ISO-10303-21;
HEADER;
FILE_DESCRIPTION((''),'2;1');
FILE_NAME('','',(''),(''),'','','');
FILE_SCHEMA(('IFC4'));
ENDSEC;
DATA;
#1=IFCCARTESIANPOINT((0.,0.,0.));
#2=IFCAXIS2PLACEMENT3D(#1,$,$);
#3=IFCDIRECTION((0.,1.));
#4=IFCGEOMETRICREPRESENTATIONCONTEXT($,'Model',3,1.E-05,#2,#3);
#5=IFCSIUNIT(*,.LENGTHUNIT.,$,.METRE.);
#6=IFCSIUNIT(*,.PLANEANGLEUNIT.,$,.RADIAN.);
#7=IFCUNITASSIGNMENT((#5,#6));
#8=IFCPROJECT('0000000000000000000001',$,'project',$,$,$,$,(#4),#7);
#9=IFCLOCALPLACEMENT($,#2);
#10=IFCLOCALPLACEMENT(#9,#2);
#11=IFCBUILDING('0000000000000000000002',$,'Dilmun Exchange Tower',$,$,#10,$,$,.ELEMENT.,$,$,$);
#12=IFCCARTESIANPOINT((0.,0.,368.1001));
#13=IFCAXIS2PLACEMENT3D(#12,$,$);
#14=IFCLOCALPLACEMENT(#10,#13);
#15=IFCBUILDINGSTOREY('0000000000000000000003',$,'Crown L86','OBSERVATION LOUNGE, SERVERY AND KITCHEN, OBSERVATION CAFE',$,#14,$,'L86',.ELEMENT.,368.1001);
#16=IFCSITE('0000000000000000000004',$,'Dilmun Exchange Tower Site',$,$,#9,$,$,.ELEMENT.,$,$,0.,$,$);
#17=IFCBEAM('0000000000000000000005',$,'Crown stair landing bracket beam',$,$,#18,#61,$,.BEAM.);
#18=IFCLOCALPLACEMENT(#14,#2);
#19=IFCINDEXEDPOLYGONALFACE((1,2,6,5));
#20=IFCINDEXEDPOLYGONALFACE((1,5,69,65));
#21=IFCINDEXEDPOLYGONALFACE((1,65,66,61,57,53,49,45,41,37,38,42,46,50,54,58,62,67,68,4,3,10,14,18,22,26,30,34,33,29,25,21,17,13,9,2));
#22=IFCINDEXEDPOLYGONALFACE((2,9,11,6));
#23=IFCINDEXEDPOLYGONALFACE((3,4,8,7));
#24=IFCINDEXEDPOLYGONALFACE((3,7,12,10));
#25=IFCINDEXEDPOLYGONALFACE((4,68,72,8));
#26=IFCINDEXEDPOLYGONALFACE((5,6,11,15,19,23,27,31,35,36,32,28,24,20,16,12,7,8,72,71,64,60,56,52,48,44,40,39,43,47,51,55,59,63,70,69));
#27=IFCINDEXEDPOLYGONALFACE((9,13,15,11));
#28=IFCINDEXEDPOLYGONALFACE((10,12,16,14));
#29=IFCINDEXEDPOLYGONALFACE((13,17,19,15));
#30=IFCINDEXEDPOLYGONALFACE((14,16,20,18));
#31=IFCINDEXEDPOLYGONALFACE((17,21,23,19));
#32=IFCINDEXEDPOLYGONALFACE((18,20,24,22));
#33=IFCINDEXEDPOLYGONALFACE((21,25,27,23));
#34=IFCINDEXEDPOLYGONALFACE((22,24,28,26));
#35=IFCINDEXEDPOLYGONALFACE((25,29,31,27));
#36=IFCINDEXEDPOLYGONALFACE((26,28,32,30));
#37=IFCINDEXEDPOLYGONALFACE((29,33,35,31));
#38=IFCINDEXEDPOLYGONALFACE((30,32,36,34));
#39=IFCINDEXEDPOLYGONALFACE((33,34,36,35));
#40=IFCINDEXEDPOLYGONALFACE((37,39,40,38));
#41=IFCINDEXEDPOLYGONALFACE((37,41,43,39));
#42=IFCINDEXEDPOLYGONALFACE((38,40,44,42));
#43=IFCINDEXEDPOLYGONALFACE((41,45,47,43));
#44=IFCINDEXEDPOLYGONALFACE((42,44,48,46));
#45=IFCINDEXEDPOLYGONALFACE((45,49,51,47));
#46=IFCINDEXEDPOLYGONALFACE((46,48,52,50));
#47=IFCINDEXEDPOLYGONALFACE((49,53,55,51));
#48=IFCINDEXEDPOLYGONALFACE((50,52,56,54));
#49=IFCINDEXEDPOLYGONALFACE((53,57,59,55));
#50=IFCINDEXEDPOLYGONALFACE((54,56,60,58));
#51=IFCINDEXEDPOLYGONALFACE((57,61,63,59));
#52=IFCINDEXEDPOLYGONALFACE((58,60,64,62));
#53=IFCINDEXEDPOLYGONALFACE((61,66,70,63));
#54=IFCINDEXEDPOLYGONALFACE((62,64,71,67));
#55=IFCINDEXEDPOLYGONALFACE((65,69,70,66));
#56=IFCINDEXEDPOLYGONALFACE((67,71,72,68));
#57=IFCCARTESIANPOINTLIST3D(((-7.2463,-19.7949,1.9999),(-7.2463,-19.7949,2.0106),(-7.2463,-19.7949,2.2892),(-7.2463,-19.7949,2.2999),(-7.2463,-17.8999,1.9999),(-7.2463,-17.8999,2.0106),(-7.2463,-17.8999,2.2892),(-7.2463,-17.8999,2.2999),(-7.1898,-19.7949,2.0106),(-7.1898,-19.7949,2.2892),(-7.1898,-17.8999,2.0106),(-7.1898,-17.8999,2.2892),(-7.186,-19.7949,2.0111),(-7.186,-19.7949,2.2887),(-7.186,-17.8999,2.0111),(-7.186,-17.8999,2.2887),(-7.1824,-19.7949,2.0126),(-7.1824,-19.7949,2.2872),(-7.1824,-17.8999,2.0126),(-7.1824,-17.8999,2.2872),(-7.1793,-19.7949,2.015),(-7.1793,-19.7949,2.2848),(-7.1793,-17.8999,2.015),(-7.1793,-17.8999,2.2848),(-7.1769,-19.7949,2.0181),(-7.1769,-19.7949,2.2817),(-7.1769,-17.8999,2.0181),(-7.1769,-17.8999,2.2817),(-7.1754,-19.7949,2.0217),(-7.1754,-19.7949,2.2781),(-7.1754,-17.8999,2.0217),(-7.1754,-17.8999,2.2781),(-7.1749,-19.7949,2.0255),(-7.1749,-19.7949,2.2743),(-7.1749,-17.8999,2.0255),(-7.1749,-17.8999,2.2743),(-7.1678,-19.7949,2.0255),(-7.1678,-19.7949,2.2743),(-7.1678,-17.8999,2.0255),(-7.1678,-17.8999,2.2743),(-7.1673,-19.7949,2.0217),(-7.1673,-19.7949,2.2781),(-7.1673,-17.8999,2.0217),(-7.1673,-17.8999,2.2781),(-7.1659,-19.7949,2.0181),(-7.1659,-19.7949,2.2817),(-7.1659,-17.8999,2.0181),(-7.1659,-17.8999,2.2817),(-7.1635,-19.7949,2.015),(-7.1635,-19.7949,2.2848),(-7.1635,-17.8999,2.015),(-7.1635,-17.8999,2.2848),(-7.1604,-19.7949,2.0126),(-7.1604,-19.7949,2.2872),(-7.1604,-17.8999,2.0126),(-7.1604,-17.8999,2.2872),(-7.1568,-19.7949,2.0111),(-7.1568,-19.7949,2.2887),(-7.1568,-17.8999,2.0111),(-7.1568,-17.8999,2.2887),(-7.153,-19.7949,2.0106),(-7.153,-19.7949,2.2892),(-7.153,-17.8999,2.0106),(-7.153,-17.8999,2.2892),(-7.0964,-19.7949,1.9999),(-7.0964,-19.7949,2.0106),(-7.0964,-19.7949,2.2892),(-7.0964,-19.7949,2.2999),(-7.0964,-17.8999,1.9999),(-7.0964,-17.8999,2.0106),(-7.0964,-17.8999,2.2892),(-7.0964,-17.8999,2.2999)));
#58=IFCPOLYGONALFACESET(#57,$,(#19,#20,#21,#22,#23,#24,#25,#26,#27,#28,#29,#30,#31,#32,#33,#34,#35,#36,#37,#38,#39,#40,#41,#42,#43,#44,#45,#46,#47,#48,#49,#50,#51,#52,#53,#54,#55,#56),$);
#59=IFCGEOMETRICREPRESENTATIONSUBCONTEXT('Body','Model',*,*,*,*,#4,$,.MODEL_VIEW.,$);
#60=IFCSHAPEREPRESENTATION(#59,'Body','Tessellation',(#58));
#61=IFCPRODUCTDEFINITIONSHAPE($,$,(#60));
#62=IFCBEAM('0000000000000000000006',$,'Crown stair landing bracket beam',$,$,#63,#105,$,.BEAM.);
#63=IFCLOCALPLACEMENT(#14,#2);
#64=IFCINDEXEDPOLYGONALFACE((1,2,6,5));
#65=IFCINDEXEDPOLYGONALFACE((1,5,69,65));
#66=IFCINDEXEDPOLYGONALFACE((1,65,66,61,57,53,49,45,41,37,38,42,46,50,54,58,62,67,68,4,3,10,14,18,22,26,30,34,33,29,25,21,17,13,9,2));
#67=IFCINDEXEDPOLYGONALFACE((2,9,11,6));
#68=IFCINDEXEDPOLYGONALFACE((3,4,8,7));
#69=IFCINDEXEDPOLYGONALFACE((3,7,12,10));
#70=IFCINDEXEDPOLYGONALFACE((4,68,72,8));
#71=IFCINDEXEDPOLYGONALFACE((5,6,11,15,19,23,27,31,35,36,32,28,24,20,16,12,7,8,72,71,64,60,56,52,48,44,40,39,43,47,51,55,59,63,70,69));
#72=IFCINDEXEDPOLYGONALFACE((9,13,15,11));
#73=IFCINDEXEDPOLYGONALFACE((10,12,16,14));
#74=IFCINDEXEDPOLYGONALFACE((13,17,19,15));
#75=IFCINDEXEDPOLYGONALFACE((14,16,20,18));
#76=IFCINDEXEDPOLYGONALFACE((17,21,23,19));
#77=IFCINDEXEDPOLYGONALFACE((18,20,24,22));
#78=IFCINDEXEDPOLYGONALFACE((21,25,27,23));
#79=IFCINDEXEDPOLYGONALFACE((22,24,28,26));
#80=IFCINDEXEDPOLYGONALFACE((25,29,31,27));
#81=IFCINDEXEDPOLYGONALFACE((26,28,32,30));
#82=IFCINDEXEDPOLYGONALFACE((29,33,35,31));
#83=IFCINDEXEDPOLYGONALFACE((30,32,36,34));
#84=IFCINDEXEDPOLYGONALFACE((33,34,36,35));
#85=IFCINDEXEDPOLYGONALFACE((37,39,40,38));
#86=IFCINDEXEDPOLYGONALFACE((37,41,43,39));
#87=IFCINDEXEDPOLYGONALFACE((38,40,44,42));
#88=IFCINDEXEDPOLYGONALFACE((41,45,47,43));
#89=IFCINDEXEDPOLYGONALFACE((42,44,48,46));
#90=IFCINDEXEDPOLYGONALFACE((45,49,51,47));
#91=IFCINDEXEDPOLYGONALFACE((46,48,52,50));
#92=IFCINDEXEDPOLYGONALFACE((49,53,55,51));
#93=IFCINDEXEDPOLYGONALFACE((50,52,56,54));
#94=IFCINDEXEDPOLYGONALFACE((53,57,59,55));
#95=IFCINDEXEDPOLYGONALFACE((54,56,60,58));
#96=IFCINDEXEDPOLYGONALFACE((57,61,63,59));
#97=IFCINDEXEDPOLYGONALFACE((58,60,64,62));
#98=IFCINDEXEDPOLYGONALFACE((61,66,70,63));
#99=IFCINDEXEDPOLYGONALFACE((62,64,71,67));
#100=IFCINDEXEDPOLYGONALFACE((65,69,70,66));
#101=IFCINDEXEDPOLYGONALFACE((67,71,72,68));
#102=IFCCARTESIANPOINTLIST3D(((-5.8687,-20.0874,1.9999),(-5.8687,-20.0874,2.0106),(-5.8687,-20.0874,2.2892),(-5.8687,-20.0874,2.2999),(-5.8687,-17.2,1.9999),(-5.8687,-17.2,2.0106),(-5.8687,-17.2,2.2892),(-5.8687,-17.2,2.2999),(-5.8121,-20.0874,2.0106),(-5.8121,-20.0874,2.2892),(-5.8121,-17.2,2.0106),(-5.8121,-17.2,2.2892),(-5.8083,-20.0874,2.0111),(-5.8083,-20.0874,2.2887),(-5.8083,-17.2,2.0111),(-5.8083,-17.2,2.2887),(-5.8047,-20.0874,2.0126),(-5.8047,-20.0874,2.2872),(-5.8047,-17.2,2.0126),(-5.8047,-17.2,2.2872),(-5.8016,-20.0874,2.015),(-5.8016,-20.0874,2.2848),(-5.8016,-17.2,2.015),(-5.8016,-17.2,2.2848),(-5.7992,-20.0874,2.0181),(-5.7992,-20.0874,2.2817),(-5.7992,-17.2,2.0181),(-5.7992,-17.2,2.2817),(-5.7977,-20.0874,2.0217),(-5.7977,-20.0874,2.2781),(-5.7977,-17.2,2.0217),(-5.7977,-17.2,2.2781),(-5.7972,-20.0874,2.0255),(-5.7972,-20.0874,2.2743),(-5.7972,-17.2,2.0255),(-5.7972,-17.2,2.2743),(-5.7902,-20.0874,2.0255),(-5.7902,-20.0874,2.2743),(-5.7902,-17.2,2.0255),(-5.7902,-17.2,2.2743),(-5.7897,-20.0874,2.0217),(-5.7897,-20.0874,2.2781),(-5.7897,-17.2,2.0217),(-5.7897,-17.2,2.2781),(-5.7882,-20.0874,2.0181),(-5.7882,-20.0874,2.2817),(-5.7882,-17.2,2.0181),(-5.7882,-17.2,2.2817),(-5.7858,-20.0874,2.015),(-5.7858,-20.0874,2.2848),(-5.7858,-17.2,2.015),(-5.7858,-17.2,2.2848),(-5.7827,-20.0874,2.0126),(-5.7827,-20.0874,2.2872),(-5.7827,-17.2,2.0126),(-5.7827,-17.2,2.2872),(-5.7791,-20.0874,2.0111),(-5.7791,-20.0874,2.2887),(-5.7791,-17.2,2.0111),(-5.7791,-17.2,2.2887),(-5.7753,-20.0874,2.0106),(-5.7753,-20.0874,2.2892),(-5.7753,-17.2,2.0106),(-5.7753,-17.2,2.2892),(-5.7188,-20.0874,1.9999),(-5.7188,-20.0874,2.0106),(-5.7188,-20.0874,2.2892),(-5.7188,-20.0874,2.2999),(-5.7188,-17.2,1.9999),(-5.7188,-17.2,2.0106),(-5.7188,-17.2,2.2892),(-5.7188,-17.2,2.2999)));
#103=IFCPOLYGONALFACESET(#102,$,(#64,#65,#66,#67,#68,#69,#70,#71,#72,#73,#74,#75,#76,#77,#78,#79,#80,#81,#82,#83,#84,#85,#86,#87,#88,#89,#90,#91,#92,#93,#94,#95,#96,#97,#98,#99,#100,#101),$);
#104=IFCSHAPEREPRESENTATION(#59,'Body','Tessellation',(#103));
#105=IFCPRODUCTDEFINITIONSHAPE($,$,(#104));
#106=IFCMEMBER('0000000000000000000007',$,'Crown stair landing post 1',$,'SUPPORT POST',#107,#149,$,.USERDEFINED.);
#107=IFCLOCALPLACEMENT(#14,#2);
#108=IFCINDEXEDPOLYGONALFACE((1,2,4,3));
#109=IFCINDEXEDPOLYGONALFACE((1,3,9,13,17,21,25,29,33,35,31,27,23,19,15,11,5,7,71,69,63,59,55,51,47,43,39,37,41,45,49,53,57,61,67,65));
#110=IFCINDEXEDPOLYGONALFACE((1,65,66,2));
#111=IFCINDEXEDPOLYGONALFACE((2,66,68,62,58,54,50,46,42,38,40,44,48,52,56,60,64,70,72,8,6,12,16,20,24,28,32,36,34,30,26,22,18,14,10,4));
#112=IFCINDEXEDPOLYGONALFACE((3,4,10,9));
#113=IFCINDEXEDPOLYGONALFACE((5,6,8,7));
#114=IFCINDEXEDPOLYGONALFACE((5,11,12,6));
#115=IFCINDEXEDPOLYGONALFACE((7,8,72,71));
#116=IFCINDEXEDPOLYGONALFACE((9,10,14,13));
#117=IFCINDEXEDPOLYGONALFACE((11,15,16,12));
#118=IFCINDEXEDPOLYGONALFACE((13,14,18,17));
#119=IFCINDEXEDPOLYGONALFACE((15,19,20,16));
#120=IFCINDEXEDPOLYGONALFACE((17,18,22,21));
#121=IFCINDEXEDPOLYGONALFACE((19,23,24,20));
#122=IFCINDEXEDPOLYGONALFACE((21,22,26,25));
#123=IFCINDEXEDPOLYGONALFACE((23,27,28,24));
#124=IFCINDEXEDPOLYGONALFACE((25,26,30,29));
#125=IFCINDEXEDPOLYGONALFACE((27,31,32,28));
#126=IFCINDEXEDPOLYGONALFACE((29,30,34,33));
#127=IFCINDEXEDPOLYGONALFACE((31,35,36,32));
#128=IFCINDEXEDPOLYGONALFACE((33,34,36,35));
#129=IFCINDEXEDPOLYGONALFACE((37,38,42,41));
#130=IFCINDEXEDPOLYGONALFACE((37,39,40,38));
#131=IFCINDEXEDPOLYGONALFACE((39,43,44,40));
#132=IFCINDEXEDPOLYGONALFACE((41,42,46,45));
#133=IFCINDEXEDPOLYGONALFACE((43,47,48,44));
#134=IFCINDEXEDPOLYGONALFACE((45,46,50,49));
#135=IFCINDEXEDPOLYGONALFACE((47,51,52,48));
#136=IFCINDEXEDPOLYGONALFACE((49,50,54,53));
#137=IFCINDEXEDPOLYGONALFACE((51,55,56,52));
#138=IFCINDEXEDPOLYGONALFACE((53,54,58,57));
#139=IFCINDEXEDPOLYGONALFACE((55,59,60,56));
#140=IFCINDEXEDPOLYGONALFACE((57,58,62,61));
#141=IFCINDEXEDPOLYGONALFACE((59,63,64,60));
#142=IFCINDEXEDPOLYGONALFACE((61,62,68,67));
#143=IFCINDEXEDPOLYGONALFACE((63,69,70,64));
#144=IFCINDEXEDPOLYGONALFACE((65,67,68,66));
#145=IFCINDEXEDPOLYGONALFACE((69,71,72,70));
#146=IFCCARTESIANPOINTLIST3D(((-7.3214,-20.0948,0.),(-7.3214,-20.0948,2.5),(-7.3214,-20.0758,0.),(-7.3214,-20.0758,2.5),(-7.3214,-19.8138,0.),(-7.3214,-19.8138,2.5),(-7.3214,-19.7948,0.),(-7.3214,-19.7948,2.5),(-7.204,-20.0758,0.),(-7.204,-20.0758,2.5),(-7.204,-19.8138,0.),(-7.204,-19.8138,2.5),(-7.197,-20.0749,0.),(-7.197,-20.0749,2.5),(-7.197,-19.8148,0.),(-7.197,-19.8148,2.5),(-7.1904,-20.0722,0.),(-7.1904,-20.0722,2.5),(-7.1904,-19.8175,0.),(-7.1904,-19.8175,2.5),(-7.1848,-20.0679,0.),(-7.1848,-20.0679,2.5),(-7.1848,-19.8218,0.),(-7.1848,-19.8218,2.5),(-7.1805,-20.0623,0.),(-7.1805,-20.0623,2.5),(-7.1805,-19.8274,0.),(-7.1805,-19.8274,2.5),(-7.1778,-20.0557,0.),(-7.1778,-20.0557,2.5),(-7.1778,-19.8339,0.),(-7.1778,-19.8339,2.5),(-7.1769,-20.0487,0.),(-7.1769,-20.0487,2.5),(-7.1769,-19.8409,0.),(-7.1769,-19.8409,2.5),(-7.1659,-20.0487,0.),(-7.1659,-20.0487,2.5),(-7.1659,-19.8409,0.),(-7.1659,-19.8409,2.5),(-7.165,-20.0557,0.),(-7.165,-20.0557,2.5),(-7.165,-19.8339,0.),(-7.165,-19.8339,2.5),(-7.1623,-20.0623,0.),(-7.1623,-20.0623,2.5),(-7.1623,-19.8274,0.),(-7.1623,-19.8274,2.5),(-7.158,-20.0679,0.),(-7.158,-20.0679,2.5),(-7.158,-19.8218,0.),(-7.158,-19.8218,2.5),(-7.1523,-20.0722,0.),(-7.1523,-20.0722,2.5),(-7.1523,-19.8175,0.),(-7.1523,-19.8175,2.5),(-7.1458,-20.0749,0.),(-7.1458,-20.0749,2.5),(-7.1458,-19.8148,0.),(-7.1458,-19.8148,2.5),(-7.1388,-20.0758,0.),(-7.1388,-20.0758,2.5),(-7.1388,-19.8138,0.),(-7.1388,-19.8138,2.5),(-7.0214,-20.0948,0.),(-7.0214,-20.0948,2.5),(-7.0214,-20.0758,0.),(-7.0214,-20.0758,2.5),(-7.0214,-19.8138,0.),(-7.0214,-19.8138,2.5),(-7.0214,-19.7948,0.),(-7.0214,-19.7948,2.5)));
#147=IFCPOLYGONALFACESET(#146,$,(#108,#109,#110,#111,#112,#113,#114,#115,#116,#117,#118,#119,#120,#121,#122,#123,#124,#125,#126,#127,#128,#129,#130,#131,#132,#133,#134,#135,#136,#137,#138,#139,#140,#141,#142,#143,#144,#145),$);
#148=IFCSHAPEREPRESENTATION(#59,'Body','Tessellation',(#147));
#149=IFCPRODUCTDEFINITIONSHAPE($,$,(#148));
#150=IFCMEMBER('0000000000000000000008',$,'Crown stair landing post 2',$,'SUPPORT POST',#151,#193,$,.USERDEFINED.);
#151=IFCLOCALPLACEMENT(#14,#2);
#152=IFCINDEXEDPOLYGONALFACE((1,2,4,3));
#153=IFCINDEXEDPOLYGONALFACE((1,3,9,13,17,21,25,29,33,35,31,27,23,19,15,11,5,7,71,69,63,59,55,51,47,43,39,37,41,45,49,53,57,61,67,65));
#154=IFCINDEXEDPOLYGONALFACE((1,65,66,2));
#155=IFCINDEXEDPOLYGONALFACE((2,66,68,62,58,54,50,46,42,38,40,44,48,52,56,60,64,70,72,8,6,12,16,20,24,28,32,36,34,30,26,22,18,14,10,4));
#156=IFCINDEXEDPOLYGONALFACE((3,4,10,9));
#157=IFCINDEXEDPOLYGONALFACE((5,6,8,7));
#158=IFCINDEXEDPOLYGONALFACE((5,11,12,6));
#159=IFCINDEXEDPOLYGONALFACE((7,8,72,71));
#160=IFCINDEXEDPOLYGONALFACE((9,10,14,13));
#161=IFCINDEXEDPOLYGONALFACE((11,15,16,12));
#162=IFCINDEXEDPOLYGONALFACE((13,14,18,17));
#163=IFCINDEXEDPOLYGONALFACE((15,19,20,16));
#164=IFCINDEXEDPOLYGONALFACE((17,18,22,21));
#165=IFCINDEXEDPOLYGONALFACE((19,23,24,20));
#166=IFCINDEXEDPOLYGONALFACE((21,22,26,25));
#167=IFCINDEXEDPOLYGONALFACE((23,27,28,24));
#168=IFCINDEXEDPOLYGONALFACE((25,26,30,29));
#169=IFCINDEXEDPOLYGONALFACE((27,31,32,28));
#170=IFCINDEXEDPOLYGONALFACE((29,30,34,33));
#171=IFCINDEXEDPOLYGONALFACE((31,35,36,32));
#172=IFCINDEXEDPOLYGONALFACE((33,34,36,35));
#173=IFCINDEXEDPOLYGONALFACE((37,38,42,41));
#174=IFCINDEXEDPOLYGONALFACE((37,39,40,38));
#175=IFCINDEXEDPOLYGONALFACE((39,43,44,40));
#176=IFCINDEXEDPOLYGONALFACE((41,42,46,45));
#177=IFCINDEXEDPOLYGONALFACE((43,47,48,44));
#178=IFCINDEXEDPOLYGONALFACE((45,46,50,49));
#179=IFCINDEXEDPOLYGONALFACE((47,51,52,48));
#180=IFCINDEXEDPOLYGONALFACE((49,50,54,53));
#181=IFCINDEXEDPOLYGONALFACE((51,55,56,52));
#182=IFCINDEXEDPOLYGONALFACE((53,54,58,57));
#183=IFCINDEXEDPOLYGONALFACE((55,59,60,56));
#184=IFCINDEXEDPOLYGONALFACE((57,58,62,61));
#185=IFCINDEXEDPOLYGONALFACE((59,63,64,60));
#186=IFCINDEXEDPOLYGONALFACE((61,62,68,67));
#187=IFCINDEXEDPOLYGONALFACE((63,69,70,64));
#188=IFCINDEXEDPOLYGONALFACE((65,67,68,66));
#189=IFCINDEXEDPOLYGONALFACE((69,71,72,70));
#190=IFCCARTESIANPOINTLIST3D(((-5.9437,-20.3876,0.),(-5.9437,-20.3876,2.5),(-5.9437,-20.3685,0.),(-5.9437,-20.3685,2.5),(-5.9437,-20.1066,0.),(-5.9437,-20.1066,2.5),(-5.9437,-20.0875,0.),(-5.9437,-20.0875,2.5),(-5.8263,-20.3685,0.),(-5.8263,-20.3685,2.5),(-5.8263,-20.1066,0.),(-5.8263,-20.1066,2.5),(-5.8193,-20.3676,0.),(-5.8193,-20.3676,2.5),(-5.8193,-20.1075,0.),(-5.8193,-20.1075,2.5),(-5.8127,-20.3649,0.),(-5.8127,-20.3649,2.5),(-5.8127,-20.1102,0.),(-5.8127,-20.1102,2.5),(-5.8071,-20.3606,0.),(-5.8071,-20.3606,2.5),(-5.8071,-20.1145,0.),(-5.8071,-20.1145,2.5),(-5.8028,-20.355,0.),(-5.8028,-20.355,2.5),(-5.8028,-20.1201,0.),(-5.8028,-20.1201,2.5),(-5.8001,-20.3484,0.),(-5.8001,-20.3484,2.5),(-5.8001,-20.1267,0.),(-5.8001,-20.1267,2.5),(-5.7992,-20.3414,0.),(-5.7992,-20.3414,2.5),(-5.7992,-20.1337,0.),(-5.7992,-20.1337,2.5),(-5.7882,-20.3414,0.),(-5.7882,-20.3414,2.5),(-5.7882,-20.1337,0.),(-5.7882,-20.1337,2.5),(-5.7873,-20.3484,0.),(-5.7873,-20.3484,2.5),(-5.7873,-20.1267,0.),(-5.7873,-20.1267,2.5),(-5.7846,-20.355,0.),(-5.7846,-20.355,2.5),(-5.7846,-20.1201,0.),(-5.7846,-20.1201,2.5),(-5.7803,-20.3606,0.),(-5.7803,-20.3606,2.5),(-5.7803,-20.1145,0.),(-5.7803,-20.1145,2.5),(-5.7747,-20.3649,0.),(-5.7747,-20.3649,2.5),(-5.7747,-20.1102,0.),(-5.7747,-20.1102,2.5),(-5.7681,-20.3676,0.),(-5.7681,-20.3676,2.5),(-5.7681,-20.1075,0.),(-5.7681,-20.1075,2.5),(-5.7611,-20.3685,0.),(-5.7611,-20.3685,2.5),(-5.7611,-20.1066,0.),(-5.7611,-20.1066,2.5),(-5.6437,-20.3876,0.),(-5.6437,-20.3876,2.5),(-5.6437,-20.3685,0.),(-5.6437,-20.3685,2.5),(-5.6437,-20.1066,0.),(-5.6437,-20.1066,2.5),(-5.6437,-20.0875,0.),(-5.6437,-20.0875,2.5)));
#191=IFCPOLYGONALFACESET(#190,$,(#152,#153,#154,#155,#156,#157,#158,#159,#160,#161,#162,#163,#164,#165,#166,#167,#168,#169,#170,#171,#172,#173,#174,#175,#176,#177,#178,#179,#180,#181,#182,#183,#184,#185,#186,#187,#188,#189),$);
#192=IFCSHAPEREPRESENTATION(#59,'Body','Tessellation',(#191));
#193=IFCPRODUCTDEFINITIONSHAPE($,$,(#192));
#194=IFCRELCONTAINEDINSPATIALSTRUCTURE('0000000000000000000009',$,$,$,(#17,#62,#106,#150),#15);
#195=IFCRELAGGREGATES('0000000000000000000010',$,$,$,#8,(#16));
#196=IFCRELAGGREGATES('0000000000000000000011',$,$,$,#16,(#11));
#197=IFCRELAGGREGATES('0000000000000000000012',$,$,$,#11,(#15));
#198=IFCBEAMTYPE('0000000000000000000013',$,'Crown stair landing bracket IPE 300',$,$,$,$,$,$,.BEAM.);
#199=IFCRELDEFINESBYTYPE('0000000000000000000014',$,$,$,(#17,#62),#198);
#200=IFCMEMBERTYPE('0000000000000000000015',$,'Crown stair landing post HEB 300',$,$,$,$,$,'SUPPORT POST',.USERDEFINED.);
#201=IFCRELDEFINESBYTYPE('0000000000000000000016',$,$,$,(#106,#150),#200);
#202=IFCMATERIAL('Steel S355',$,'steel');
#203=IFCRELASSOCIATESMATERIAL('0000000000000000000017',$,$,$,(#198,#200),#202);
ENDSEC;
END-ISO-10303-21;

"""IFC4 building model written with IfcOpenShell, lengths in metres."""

from ifc_helpers import new_model, si_unit, direction, frame, origin, origin_2d, place, context, subcontext, project, spatial, i_section, extrude, material, material_profile, profile_set, type_object, element, save


model = new_model("IFC4")

# Units and contexts
model_context = context("Model", 3, precision=1e-05, world=origin(), true_north=direction((0.0, 1.0)))
body_context = subcontext(model_context, "Body", "Model", "MODEL_VIEW")
ifc_project = project(units=[si_unit("LENGTHUNIT", "METRE"), si_unit("PLANEANGLEUNIT", "RADIAN")], contexts=[model_context])

# Site, building, storey
site_placement = place(None, origin())
site = spatial("IfcSite", under=ifc_project, at=site_placement, Name="Dilmun Exchange Tower Site", CompositionType="ELEMENT", RefElevation=0.0)
building_placement = place(site_placement, origin())
building = spatial("IfcBuilding", under=site, at=building_placement, Name="Dilmun Exchange Tower", CompositionType="ELEMENT")
storey_placement = place(building_placement, frame((0.0, 0.0, 368.1001)))
storey = spatial("IfcBuildingStorey", under=building, at=storey_placement, Name="Crown L86", Description="OBSERVATION LOUNGE, SERVERY AND KITCHEN, OBSERVATION CAFE", LongName="L86", CompositionType="ELEMENT", Elevation=368.1001)

# Beams
ifc_material_1 = material(Name="Steel S355", Category="steel")
ifc_material_profile_1 = material_profile(ifc_material_1, i_section(OverallWidth=0.1499, OverallDepth=0.3, WebThickness=0.0071, FlangeThickness=0.0107, FilletRadius=0.0149, at=origin_2d()), Name="IPE 300")
ifc_profile_set_1 = profile_set([ifc_material_profile_1], Name="Steel S355")
beam_type_1 = type_object("IfcBeamType", Name="Crown stair landing bracket IPE 300", PredefinedType="BEAM", material=ifc_profile_set_1)
beam_1_placement = place(storey_placement, frame((-7.1714, -19.7949, 2.1499), z_axis=(0.0, 1.0, 0.0), x_axis=(-1.0, 0.0, 0.0)))
element("IfcBeam", 1, at=beam_1_placement, inside=storey, type_object=beam_type_1, Name="Crown stair landing bracket beam", PredefinedType="BEAM", context=body_context, shape_type="SweptSolid", body=[
    extrude(i_section(OverallWidth=0.1499, OverallDepth=0.3, WebThickness=0.0071, FlangeThickness=0.0107, FilletRadius=0.0149, at=origin_2d()), origin(), (0.0, 0.0, 1.0), 1.895),
])
beam_2_placement = place(storey_placement, frame((-5.7937, -20.0874, 2.1499), z_axis=(0.0, 1.0, 0.0), x_axis=(-1.0, 0.0, 0.0)))
element("IfcBeam", 2, at=beam_2_placement, inside=storey, type_object=beam_type_1, Name="Crown stair landing bracket beam", PredefinedType="BEAM", context=body_context, shape_type="SweptSolid", body=[
    extrude(i_section(OverallWidth=0.1499, OverallDepth=0.3, WebThickness=0.0071, FlangeThickness=0.0107, FilletRadius=0.0149, at=origin_2d()), origin(), (0.0, 0.0, 1.0), 2.8875),
])

# Members
ifc_material_profile_2 = material_profile(ifc_material_1, i_section(OverallWidth=0.3, OverallDepth=0.3, WebThickness=0.011, FlangeThickness=0.019, FilletRadius=0.0271, at=origin_2d()), Name="HEB 300")
ifc_profile_set_2 = profile_set([ifc_material_profile_2], Name="Steel S355")
member_type_1 = type_object("IfcMemberType", Name="Crown stair landing post HEB 300", ElementType="SUPPORT POST", PredefinedType="USERDEFINED", material=ifc_profile_set_2)
for number, where, z_axis, x_axis, name in (
    (3, (-7.1714, -19.9448, 0.0), (0.0, 0.0, 1.0), (1.0, 0.0, 0.0), "Crown stair landing post 1"),
    (4, (-5.7937, -20.2375, 0.0), (0.0, 0.0, 1.0), (1.0, 0.0, 0.0), "Crown stair landing post 2"),
):
    element("IfcMember", number, at=place(storey_placement, frame(where, z_axis=z_axis, x_axis=x_axis)), inside=storey, type_object=member_type_1, Name=name, ObjectType="SUPPORT POST", PredefinedType="USERDEFINED", context=body_context, shape_type="SweptSolid", body=[
        extrude(i_section(OverallWidth=0.3, OverallDepth=0.3, WebThickness=0.011, FlangeThickness=0.019, FilletRadius=0.0271, at=origin_2d()), origin(), (0.0, 0.0, 1.0), 2.5),
    ])

save(model, "model.ifc")
